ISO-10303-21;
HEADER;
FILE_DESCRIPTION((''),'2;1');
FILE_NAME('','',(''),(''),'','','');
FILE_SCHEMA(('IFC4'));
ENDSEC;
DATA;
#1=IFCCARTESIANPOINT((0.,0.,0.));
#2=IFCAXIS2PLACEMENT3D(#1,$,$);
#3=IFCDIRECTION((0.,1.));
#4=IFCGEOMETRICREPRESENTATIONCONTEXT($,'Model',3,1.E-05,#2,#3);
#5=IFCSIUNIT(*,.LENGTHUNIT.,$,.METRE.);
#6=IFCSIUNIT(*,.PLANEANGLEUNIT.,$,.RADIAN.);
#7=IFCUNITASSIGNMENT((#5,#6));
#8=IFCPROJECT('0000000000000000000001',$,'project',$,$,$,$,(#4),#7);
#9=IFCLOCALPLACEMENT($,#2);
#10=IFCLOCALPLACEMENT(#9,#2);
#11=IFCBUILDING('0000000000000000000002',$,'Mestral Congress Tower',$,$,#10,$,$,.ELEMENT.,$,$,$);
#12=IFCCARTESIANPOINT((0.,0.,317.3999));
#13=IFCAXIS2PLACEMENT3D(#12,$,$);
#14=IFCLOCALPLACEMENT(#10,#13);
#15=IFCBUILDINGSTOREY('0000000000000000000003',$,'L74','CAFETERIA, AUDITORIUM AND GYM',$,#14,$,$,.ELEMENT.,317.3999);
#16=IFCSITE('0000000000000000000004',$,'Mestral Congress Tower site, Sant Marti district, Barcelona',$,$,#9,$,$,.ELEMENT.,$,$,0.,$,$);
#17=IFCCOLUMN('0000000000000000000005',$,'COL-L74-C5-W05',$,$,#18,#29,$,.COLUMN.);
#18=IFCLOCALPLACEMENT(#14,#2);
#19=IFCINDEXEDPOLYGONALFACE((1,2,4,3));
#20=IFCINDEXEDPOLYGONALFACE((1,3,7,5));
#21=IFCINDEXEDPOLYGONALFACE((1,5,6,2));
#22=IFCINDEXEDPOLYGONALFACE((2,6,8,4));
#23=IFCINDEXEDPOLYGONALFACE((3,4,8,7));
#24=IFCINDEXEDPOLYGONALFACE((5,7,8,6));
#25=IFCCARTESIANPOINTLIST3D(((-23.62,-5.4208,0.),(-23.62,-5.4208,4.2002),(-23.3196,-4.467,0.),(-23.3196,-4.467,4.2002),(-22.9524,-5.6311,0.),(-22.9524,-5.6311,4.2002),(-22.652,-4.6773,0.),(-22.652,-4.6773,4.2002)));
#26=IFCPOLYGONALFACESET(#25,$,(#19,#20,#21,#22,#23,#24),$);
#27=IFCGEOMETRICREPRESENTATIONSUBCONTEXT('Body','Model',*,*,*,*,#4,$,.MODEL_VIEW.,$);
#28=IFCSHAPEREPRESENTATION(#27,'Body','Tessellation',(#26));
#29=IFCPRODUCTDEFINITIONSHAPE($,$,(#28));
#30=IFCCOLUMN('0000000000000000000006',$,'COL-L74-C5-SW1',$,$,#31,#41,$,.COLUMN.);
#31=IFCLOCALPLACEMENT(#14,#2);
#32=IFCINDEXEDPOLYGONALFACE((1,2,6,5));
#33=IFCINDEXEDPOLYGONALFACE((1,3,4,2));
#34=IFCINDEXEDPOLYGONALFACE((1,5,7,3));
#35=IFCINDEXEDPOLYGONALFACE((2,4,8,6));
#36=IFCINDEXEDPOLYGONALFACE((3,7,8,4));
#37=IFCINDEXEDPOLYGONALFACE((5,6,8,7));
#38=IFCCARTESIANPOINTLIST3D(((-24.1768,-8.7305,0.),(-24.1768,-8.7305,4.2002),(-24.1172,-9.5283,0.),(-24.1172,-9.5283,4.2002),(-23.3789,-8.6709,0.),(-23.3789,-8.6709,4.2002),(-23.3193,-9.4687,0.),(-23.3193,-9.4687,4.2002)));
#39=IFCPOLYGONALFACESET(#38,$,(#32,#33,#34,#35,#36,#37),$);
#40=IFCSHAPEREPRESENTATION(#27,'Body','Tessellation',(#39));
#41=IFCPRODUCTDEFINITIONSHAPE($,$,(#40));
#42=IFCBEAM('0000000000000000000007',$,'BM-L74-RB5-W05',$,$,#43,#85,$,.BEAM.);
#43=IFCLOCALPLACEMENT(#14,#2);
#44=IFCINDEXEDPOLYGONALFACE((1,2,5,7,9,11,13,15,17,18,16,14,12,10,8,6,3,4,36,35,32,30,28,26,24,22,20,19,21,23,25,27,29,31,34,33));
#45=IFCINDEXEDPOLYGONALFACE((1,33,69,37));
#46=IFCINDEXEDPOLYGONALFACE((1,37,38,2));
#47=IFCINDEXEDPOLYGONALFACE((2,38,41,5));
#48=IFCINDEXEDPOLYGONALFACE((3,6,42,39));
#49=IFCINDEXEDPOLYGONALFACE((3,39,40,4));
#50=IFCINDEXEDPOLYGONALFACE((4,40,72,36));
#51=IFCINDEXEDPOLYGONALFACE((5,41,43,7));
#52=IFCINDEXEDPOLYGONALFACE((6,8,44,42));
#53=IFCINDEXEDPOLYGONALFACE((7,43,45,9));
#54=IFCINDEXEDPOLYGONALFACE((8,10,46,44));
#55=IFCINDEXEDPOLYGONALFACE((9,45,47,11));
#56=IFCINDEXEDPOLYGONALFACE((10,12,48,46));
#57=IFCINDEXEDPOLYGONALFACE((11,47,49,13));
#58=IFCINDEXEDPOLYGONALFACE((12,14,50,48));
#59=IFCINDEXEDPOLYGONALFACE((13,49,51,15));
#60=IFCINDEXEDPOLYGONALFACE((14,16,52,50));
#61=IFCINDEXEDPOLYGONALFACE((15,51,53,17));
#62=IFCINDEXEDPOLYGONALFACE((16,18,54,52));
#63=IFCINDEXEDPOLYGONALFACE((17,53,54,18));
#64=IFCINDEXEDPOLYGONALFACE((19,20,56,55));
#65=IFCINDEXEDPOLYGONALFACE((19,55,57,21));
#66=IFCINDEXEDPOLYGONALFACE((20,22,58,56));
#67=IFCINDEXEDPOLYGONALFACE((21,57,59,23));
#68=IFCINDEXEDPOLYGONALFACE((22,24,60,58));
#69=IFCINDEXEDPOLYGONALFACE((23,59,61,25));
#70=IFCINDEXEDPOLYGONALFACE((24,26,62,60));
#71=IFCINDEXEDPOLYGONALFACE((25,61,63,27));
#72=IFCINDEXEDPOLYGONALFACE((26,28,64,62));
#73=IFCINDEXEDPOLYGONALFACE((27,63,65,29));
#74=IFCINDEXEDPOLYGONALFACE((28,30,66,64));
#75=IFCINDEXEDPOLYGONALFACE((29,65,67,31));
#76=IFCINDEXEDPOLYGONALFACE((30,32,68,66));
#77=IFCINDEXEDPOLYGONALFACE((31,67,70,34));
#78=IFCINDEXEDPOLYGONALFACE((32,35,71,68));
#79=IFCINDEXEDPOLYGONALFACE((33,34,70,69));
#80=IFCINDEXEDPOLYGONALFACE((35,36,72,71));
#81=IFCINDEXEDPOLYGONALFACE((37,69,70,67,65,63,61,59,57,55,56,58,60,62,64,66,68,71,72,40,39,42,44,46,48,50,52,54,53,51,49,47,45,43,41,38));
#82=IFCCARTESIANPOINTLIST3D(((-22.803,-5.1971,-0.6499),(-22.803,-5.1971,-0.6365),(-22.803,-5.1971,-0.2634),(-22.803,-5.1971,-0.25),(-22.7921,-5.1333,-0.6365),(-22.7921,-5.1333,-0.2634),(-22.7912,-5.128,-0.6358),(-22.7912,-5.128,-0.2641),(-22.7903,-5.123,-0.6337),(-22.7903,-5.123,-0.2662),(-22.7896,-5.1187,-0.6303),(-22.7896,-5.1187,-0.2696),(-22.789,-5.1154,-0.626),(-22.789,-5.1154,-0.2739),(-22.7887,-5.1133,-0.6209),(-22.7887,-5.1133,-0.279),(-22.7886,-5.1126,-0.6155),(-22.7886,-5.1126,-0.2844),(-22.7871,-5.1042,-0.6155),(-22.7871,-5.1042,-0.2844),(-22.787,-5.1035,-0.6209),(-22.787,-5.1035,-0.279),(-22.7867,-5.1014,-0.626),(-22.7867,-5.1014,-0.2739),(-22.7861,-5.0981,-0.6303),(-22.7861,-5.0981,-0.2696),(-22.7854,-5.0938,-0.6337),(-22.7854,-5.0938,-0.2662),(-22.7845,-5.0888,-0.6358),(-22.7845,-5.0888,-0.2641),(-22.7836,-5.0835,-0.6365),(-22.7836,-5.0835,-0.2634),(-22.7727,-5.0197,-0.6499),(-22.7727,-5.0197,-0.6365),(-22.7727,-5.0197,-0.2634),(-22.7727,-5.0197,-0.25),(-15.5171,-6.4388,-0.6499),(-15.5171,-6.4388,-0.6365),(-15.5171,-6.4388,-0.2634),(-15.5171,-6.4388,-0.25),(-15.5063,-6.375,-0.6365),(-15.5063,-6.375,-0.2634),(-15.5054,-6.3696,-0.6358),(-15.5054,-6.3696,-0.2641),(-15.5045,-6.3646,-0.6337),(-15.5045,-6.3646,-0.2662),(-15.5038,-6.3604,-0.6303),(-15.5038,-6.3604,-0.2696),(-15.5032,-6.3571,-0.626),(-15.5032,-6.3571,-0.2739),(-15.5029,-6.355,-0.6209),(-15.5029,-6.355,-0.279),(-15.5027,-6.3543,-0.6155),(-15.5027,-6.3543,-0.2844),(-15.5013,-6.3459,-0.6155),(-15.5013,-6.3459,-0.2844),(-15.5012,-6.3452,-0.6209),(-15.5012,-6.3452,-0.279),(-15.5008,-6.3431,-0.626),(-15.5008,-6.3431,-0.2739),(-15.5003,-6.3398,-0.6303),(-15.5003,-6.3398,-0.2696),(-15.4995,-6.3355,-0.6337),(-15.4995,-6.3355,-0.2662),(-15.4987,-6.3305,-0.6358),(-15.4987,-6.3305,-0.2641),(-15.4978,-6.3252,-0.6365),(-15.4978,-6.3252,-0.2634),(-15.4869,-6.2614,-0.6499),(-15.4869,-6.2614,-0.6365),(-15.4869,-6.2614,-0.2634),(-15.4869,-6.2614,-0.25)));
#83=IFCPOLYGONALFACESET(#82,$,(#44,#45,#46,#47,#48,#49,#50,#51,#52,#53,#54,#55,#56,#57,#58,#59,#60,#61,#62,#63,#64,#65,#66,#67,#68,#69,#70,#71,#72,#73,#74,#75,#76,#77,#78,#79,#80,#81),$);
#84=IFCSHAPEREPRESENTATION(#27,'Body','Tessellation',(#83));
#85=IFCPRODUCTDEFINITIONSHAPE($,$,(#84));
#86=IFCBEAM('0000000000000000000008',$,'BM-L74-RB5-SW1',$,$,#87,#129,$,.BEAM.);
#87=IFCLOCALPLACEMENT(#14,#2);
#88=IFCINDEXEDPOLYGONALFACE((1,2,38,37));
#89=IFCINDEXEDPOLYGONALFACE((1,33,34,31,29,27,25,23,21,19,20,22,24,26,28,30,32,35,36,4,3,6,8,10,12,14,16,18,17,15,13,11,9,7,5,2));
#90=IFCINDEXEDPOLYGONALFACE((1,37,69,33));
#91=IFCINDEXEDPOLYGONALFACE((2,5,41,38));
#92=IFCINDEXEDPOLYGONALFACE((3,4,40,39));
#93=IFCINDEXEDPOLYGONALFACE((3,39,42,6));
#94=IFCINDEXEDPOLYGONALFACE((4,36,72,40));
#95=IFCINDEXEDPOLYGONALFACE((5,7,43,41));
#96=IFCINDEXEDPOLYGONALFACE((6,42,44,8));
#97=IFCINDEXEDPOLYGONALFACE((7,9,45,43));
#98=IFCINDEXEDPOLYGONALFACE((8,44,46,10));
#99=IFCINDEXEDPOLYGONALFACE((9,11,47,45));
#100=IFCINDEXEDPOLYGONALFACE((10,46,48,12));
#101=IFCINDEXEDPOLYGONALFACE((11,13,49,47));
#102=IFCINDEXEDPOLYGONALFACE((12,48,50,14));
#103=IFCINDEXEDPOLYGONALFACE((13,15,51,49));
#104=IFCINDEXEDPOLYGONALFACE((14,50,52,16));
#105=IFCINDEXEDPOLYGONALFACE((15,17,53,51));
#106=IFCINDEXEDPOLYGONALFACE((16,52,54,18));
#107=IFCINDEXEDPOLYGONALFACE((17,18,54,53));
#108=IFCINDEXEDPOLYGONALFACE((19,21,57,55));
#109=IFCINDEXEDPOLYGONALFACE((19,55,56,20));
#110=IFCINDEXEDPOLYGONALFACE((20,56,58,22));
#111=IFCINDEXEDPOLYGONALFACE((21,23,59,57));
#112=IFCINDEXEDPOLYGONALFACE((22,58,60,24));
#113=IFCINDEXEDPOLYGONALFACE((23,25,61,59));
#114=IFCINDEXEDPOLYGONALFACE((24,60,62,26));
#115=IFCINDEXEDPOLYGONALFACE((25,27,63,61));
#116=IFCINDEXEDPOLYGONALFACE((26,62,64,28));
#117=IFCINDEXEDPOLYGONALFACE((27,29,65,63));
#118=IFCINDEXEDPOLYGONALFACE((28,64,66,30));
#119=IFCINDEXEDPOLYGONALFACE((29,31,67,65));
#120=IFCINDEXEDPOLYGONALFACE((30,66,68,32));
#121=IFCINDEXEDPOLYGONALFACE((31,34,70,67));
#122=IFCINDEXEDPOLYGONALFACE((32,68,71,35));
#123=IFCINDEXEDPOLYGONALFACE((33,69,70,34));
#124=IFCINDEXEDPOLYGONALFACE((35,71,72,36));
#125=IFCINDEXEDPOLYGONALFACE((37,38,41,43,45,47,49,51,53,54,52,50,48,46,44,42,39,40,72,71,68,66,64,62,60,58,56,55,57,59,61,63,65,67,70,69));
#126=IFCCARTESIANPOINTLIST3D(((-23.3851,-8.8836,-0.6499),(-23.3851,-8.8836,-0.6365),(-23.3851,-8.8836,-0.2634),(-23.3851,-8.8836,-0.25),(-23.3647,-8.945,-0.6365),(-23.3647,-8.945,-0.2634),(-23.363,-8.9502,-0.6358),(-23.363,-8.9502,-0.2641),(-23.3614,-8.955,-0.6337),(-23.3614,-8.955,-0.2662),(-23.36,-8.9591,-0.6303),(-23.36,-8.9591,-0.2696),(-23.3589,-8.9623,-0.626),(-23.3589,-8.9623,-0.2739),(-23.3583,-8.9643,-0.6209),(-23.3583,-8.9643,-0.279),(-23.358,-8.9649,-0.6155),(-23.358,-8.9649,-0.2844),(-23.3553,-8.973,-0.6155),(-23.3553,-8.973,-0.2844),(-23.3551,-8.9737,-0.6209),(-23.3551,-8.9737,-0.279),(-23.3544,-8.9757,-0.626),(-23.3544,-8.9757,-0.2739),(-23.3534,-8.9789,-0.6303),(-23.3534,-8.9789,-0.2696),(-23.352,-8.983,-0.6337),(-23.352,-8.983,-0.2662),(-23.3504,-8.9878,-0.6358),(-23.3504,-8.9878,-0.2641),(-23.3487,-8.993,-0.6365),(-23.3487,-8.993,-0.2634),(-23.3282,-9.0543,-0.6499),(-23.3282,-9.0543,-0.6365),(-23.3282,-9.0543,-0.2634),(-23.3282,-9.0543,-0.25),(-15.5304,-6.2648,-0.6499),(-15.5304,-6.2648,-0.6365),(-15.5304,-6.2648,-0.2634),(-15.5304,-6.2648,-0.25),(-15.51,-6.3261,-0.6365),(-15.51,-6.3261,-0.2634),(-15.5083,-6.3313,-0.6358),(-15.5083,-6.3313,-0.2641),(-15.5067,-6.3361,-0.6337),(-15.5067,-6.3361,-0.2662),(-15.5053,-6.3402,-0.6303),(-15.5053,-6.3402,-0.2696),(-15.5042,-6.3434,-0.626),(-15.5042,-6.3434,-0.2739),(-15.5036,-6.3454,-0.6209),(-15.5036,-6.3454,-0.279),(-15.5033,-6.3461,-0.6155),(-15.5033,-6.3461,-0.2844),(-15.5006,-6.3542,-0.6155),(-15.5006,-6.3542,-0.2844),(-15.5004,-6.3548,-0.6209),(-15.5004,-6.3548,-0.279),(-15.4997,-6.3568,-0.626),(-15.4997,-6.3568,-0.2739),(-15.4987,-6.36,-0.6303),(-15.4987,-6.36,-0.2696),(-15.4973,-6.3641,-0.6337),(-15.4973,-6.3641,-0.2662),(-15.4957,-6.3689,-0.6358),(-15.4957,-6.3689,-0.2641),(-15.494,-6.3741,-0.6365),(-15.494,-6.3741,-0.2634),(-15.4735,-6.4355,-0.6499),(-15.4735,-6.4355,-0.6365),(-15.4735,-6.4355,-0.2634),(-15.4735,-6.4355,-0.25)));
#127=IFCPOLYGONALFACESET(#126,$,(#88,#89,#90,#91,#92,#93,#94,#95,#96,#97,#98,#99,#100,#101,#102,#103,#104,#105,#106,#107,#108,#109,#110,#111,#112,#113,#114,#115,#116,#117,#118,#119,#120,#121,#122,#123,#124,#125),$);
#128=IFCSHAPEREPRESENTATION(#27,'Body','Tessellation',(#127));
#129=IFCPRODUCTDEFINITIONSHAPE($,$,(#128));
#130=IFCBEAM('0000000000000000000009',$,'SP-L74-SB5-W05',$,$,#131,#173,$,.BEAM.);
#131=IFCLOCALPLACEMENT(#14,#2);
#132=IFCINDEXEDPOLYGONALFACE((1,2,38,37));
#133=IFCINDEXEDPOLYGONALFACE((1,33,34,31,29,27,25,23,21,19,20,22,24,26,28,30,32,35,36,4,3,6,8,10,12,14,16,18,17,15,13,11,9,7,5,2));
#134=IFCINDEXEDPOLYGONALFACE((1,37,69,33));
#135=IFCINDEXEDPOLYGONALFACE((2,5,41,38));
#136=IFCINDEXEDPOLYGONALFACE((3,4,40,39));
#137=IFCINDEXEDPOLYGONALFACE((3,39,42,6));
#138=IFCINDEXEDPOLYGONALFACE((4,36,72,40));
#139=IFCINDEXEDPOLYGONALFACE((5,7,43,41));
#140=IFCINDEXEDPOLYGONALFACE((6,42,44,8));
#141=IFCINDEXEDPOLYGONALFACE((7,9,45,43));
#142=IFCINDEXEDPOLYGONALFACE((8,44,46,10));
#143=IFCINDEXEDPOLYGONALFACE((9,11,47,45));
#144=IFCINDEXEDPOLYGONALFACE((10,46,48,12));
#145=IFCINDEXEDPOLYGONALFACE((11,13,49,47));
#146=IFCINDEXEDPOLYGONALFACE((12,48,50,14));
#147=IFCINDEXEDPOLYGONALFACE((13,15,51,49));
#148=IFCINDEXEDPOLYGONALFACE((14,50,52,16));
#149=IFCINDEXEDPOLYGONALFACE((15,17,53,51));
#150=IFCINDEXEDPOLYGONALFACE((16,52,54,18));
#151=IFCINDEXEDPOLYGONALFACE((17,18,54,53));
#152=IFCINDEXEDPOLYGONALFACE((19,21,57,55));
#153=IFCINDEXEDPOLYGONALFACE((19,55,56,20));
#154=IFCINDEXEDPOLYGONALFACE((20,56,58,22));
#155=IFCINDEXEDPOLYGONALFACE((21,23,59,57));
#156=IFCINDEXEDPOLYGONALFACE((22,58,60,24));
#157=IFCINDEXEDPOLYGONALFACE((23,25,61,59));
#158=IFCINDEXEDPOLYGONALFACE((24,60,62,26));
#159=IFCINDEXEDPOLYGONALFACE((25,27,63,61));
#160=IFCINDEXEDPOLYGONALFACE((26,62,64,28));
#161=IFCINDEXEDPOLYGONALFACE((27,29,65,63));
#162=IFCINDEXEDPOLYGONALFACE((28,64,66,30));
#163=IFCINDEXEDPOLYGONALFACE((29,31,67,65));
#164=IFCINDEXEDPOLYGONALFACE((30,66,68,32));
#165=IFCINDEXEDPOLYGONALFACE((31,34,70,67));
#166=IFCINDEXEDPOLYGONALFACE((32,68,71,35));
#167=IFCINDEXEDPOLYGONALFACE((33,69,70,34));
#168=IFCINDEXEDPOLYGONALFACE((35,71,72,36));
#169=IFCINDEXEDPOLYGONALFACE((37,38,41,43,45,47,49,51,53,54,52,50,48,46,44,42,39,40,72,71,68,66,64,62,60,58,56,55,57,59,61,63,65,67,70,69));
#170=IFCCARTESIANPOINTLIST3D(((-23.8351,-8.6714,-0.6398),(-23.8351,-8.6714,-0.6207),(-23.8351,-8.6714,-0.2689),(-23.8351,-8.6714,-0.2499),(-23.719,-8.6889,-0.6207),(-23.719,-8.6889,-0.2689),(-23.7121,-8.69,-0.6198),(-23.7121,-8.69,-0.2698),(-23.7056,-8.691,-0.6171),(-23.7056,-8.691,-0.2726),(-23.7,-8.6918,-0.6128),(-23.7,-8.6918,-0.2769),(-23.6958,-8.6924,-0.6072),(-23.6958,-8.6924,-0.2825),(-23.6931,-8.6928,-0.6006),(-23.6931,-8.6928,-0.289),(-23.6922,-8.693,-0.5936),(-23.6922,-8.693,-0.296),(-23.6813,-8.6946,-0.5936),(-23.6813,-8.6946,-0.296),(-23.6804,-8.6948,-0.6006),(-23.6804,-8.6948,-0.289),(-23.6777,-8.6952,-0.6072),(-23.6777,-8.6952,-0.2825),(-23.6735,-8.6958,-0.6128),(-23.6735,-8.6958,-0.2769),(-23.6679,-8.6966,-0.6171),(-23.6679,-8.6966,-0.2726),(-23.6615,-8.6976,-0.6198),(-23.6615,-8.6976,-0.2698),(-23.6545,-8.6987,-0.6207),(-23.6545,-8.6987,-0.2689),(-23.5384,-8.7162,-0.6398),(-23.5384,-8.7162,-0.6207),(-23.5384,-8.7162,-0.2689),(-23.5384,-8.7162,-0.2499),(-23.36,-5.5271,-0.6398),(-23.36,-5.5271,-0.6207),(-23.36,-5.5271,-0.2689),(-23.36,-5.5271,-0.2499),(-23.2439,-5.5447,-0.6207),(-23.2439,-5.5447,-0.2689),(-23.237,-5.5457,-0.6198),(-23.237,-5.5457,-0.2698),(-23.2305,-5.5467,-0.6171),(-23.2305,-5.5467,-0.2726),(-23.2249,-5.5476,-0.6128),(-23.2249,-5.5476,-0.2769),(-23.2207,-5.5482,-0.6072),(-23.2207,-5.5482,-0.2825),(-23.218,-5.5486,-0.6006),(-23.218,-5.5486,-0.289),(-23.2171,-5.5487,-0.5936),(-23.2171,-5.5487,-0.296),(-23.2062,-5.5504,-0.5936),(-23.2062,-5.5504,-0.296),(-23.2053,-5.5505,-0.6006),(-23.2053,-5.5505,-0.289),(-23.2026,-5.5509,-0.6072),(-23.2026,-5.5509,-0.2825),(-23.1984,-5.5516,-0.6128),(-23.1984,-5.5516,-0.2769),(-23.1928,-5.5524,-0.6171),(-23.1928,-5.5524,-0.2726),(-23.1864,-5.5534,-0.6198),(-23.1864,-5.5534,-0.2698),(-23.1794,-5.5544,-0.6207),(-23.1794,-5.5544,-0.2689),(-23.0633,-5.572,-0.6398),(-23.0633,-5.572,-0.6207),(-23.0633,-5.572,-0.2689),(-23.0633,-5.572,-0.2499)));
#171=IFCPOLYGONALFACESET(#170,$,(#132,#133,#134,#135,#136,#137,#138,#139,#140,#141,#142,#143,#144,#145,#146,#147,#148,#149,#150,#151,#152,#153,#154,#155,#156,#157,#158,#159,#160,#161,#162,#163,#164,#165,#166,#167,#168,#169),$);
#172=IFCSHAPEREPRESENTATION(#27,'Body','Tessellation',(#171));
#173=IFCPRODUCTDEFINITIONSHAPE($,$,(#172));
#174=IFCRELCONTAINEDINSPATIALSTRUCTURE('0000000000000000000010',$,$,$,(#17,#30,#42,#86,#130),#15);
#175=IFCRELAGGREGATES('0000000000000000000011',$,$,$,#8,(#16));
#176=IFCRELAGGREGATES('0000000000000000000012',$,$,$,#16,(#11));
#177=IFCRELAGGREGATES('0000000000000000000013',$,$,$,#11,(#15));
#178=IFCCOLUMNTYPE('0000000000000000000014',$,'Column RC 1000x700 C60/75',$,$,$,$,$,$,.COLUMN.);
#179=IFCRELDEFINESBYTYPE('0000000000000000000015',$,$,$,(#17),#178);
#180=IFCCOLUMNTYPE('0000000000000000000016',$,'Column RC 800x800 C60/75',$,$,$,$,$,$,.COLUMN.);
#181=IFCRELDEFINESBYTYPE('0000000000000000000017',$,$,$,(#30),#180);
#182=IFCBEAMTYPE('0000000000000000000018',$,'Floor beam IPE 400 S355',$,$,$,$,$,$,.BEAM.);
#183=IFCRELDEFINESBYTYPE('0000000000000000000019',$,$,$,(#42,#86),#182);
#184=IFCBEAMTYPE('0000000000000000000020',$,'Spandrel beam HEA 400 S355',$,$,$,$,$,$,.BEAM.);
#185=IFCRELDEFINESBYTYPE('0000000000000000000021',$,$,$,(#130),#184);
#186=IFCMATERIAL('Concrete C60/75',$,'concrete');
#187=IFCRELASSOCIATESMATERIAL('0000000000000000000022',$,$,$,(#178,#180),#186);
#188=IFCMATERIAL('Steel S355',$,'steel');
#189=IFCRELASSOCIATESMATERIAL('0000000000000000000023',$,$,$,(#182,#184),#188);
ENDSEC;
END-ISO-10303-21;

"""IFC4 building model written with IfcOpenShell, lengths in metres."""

from ifc_helpers import new_model, si_unit, direction, frame, origin, origin_2d, place, context, subcontext, project, spatial, rectangle, i_section, extrude, material, material_profile, profile_set, type_object, element, save


model = new_model("IFC4")

# Units and contexts
model_context = context("Model", 3, precision=1e-05, world=origin(), true_north=direction((0.0, 1.0)))
body_context = subcontext(model_context, "Body", "Model", "MODEL_VIEW")
ifc_project = project(units=[si_unit("LENGTHUNIT", "METRE"), si_unit("PLANEANGLEUNIT", "RADIAN")], contexts=[model_context])

# Site, building, storey
site_placement = place(None, origin())
site = spatial("IfcSite", under=ifc_project, at=site_placement, Name="Mestral Congress Tower site, Sant Marti district, Barcelona", CompositionType="ELEMENT", RefElevation=0.0)
building_placement = place(site_placement, origin())
building = spatial("IfcBuilding", under=site, at=building_placement, Name="Mestral Congress Tower", CompositionType="ELEMENT")
storey_placement = place(building_placement, frame((0.0, 0.0, 317.3999)))
storey = spatial("IfcBuildingStorey", under=building, at=storey_placement, Name="L74", Description="CAFETERIA, AUDITORIUM AND GYM", CompositionType="ELEMENT", Elevation=317.3999)

# Columns
ifc_material_1 = material(Name="Concrete C60/75", Category="concrete")
ifc_material_profile_1 = material_profile(ifc_material_1, rectangle(XDim=1.0, YDim=0.7, at=origin_2d()), Name="RC 1000x700")
ifc_profile_set_1 = profile_set([ifc_material_profile_1], Name="Concrete C60/75")
column_type_1 = type_object("IfcColumnType", Name="Column RC 1000x700 C60/75", PredefinedType="COLUMN", material=ifc_profile_set_1)
column_1_placement = place(storey_placement, frame((-23.136, -5.0491, 0.0), z_axis=(0.0, 0.0, 1.0), x_axis=(-0.300431, -0.953804, 0.0)))
element("IfcColumn", 1, at=column_1_placement, inside=storey, type_object=column_type_1, Name="COL-L74-C5-W05", PredefinedType="COLUMN", context=body_context, shape_type="SweptSolid", body=[
    extrude(rectangle(XDim=1.0, YDim=0.7, at=origin_2d()), origin(), (0.0, 0.0, 1.0), 4.2002),
])
ifc_material_profile_2 = material_profile(ifc_material_1, rectangle(XDim=0.8, YDim=0.8, at=origin_2d()), Name="RC 800x800")
ifc_profile_set_2 = profile_set([ifc_material_profile_2], Name="Concrete C60/75")
column_type_2 = type_object("IfcColumnType", Name="Column RC 800x800 C60/75", PredefinedType="COLUMN", material=ifc_profile_set_2)
column_2_placement = place(storey_placement, frame((-23.748, -9.0996, 0.0), z_axis=(0.0, 0.0, 1.0), x_axis=(0.074511, -0.99722, 0.0)))
element("IfcColumn", 2, at=column_2_placement, inside=storey, type_object=column_type_2, Name="COL-L74-C5-SW1", PredefinedType="COLUMN", context=body_context, shape_type="SweptSolid", body=[
    extrude(rectangle(XDim=0.8, YDim=0.8, at=origin_2d()), origin(), (0.0, 0.0, 1.0), 4.2002),
])

# Beams
ifc_material_2 = material(Name="Steel S355", Category="steel")
ifc_material_profile_3 = material_profile(ifc_material_2, i_section(OverallWidth=0.1799, OverallDepth=0.3999, WebThickness=0.0085, FlangeThickness=0.0134, FilletRadius=0.021, at=origin_2d()), Name="IPE 400")
ifc_profile_set_3 = profile_set([ifc_material_profile_3], Name="Steel S355")
beam_type_1 = type_object("IfcBeamType", Name="Floor beam IPE 400 S355", PredefinedType="BEAM", material=ifc_profile_set_3)
beam_1_placement = place(storey_placement, frame((-22.7878, -5.1084, -0.45), z_axis=(0.985787, -0.168003, 0.0), x_axis=(0.168003, 0.985787, 0.0)))
element("IfcBeam", 3, at=beam_1_placement, inside=storey, type_object=beam_type_1, Name="BM-L74-RB5-W05", PredefinedType="BEAM", context=body_context, shape_type="SweptSolid", body=[
    extrude(i_section(OverallWidth=0.1799, OverallDepth=0.3999, WebThickness=0.0085, FlangeThickness=0.0134, FilletRadius=0.021, at=origin_2d()), origin(), (0.0, 0.0, 1.0), 7.3909),
])
beam_2_placement = place(storey_placement, frame((-23.3567, -8.969, -0.45), z_axis=(0.94866, 0.316299, 0.0), x_axis=(-0.316299, 0.94866, 0.0)))
element("IfcBeam", 4, at=beam_2_placement, inside=storey, type_object=beam_type_1, Name="BM-L74-RB5-SW1", PredefinedType="BEAM", context=body_context, shape_type="SweptSolid", body=[
    extrude(i_section(OverallWidth=0.1799, OverallDepth=0.3999, WebThickness=0.0085, FlangeThickness=0.0134, FilletRadius=0.021, at=origin_2d()), origin(), (0.0, 0.0, 1.0), 8.2798),
])
ifc_material_profile_4 = material_profile(ifc_material_2, i_section(OverallWidth=0.3, OverallDepth=0.3899, WebThickness=0.011, FlangeThickness=0.019, FilletRadius=0.0271, at=origin_2d()), Name="HEA 400")
ifc_profile_set_4 = profile_set([ifc_material_profile_4], Name="Steel S355")
beam_type_2 = type_object("IfcBeamType", Name="Spandrel beam HEA 400 S355", PredefinedType="BEAM", material=ifc_profile_set_4)
beam_3_placement = place(storey_placement, frame((-23.2117, -5.5496, -0.4448), z_axis=(-0.149403, -0.988776, 0.0), x_axis=(0.988776, -0.149403, 0.0)))
element("IfcBeam", 5, at=beam_3_placement, inside=storey, type_object=beam_type_2, Name="SP-L74-SB5-W05", PredefinedType="BEAM", context=body_context, shape_type="SweptSolid", body=[
    extrude(i_section(OverallWidth=0.3, OverallDepth=0.3899, WebThickness=0.011, FlangeThickness=0.019, FilletRadius=0.0271, at=origin_2d()), origin(), (0.0, 0.0, 1.0), 3.1799),
])

save(model, "model.ifc")
